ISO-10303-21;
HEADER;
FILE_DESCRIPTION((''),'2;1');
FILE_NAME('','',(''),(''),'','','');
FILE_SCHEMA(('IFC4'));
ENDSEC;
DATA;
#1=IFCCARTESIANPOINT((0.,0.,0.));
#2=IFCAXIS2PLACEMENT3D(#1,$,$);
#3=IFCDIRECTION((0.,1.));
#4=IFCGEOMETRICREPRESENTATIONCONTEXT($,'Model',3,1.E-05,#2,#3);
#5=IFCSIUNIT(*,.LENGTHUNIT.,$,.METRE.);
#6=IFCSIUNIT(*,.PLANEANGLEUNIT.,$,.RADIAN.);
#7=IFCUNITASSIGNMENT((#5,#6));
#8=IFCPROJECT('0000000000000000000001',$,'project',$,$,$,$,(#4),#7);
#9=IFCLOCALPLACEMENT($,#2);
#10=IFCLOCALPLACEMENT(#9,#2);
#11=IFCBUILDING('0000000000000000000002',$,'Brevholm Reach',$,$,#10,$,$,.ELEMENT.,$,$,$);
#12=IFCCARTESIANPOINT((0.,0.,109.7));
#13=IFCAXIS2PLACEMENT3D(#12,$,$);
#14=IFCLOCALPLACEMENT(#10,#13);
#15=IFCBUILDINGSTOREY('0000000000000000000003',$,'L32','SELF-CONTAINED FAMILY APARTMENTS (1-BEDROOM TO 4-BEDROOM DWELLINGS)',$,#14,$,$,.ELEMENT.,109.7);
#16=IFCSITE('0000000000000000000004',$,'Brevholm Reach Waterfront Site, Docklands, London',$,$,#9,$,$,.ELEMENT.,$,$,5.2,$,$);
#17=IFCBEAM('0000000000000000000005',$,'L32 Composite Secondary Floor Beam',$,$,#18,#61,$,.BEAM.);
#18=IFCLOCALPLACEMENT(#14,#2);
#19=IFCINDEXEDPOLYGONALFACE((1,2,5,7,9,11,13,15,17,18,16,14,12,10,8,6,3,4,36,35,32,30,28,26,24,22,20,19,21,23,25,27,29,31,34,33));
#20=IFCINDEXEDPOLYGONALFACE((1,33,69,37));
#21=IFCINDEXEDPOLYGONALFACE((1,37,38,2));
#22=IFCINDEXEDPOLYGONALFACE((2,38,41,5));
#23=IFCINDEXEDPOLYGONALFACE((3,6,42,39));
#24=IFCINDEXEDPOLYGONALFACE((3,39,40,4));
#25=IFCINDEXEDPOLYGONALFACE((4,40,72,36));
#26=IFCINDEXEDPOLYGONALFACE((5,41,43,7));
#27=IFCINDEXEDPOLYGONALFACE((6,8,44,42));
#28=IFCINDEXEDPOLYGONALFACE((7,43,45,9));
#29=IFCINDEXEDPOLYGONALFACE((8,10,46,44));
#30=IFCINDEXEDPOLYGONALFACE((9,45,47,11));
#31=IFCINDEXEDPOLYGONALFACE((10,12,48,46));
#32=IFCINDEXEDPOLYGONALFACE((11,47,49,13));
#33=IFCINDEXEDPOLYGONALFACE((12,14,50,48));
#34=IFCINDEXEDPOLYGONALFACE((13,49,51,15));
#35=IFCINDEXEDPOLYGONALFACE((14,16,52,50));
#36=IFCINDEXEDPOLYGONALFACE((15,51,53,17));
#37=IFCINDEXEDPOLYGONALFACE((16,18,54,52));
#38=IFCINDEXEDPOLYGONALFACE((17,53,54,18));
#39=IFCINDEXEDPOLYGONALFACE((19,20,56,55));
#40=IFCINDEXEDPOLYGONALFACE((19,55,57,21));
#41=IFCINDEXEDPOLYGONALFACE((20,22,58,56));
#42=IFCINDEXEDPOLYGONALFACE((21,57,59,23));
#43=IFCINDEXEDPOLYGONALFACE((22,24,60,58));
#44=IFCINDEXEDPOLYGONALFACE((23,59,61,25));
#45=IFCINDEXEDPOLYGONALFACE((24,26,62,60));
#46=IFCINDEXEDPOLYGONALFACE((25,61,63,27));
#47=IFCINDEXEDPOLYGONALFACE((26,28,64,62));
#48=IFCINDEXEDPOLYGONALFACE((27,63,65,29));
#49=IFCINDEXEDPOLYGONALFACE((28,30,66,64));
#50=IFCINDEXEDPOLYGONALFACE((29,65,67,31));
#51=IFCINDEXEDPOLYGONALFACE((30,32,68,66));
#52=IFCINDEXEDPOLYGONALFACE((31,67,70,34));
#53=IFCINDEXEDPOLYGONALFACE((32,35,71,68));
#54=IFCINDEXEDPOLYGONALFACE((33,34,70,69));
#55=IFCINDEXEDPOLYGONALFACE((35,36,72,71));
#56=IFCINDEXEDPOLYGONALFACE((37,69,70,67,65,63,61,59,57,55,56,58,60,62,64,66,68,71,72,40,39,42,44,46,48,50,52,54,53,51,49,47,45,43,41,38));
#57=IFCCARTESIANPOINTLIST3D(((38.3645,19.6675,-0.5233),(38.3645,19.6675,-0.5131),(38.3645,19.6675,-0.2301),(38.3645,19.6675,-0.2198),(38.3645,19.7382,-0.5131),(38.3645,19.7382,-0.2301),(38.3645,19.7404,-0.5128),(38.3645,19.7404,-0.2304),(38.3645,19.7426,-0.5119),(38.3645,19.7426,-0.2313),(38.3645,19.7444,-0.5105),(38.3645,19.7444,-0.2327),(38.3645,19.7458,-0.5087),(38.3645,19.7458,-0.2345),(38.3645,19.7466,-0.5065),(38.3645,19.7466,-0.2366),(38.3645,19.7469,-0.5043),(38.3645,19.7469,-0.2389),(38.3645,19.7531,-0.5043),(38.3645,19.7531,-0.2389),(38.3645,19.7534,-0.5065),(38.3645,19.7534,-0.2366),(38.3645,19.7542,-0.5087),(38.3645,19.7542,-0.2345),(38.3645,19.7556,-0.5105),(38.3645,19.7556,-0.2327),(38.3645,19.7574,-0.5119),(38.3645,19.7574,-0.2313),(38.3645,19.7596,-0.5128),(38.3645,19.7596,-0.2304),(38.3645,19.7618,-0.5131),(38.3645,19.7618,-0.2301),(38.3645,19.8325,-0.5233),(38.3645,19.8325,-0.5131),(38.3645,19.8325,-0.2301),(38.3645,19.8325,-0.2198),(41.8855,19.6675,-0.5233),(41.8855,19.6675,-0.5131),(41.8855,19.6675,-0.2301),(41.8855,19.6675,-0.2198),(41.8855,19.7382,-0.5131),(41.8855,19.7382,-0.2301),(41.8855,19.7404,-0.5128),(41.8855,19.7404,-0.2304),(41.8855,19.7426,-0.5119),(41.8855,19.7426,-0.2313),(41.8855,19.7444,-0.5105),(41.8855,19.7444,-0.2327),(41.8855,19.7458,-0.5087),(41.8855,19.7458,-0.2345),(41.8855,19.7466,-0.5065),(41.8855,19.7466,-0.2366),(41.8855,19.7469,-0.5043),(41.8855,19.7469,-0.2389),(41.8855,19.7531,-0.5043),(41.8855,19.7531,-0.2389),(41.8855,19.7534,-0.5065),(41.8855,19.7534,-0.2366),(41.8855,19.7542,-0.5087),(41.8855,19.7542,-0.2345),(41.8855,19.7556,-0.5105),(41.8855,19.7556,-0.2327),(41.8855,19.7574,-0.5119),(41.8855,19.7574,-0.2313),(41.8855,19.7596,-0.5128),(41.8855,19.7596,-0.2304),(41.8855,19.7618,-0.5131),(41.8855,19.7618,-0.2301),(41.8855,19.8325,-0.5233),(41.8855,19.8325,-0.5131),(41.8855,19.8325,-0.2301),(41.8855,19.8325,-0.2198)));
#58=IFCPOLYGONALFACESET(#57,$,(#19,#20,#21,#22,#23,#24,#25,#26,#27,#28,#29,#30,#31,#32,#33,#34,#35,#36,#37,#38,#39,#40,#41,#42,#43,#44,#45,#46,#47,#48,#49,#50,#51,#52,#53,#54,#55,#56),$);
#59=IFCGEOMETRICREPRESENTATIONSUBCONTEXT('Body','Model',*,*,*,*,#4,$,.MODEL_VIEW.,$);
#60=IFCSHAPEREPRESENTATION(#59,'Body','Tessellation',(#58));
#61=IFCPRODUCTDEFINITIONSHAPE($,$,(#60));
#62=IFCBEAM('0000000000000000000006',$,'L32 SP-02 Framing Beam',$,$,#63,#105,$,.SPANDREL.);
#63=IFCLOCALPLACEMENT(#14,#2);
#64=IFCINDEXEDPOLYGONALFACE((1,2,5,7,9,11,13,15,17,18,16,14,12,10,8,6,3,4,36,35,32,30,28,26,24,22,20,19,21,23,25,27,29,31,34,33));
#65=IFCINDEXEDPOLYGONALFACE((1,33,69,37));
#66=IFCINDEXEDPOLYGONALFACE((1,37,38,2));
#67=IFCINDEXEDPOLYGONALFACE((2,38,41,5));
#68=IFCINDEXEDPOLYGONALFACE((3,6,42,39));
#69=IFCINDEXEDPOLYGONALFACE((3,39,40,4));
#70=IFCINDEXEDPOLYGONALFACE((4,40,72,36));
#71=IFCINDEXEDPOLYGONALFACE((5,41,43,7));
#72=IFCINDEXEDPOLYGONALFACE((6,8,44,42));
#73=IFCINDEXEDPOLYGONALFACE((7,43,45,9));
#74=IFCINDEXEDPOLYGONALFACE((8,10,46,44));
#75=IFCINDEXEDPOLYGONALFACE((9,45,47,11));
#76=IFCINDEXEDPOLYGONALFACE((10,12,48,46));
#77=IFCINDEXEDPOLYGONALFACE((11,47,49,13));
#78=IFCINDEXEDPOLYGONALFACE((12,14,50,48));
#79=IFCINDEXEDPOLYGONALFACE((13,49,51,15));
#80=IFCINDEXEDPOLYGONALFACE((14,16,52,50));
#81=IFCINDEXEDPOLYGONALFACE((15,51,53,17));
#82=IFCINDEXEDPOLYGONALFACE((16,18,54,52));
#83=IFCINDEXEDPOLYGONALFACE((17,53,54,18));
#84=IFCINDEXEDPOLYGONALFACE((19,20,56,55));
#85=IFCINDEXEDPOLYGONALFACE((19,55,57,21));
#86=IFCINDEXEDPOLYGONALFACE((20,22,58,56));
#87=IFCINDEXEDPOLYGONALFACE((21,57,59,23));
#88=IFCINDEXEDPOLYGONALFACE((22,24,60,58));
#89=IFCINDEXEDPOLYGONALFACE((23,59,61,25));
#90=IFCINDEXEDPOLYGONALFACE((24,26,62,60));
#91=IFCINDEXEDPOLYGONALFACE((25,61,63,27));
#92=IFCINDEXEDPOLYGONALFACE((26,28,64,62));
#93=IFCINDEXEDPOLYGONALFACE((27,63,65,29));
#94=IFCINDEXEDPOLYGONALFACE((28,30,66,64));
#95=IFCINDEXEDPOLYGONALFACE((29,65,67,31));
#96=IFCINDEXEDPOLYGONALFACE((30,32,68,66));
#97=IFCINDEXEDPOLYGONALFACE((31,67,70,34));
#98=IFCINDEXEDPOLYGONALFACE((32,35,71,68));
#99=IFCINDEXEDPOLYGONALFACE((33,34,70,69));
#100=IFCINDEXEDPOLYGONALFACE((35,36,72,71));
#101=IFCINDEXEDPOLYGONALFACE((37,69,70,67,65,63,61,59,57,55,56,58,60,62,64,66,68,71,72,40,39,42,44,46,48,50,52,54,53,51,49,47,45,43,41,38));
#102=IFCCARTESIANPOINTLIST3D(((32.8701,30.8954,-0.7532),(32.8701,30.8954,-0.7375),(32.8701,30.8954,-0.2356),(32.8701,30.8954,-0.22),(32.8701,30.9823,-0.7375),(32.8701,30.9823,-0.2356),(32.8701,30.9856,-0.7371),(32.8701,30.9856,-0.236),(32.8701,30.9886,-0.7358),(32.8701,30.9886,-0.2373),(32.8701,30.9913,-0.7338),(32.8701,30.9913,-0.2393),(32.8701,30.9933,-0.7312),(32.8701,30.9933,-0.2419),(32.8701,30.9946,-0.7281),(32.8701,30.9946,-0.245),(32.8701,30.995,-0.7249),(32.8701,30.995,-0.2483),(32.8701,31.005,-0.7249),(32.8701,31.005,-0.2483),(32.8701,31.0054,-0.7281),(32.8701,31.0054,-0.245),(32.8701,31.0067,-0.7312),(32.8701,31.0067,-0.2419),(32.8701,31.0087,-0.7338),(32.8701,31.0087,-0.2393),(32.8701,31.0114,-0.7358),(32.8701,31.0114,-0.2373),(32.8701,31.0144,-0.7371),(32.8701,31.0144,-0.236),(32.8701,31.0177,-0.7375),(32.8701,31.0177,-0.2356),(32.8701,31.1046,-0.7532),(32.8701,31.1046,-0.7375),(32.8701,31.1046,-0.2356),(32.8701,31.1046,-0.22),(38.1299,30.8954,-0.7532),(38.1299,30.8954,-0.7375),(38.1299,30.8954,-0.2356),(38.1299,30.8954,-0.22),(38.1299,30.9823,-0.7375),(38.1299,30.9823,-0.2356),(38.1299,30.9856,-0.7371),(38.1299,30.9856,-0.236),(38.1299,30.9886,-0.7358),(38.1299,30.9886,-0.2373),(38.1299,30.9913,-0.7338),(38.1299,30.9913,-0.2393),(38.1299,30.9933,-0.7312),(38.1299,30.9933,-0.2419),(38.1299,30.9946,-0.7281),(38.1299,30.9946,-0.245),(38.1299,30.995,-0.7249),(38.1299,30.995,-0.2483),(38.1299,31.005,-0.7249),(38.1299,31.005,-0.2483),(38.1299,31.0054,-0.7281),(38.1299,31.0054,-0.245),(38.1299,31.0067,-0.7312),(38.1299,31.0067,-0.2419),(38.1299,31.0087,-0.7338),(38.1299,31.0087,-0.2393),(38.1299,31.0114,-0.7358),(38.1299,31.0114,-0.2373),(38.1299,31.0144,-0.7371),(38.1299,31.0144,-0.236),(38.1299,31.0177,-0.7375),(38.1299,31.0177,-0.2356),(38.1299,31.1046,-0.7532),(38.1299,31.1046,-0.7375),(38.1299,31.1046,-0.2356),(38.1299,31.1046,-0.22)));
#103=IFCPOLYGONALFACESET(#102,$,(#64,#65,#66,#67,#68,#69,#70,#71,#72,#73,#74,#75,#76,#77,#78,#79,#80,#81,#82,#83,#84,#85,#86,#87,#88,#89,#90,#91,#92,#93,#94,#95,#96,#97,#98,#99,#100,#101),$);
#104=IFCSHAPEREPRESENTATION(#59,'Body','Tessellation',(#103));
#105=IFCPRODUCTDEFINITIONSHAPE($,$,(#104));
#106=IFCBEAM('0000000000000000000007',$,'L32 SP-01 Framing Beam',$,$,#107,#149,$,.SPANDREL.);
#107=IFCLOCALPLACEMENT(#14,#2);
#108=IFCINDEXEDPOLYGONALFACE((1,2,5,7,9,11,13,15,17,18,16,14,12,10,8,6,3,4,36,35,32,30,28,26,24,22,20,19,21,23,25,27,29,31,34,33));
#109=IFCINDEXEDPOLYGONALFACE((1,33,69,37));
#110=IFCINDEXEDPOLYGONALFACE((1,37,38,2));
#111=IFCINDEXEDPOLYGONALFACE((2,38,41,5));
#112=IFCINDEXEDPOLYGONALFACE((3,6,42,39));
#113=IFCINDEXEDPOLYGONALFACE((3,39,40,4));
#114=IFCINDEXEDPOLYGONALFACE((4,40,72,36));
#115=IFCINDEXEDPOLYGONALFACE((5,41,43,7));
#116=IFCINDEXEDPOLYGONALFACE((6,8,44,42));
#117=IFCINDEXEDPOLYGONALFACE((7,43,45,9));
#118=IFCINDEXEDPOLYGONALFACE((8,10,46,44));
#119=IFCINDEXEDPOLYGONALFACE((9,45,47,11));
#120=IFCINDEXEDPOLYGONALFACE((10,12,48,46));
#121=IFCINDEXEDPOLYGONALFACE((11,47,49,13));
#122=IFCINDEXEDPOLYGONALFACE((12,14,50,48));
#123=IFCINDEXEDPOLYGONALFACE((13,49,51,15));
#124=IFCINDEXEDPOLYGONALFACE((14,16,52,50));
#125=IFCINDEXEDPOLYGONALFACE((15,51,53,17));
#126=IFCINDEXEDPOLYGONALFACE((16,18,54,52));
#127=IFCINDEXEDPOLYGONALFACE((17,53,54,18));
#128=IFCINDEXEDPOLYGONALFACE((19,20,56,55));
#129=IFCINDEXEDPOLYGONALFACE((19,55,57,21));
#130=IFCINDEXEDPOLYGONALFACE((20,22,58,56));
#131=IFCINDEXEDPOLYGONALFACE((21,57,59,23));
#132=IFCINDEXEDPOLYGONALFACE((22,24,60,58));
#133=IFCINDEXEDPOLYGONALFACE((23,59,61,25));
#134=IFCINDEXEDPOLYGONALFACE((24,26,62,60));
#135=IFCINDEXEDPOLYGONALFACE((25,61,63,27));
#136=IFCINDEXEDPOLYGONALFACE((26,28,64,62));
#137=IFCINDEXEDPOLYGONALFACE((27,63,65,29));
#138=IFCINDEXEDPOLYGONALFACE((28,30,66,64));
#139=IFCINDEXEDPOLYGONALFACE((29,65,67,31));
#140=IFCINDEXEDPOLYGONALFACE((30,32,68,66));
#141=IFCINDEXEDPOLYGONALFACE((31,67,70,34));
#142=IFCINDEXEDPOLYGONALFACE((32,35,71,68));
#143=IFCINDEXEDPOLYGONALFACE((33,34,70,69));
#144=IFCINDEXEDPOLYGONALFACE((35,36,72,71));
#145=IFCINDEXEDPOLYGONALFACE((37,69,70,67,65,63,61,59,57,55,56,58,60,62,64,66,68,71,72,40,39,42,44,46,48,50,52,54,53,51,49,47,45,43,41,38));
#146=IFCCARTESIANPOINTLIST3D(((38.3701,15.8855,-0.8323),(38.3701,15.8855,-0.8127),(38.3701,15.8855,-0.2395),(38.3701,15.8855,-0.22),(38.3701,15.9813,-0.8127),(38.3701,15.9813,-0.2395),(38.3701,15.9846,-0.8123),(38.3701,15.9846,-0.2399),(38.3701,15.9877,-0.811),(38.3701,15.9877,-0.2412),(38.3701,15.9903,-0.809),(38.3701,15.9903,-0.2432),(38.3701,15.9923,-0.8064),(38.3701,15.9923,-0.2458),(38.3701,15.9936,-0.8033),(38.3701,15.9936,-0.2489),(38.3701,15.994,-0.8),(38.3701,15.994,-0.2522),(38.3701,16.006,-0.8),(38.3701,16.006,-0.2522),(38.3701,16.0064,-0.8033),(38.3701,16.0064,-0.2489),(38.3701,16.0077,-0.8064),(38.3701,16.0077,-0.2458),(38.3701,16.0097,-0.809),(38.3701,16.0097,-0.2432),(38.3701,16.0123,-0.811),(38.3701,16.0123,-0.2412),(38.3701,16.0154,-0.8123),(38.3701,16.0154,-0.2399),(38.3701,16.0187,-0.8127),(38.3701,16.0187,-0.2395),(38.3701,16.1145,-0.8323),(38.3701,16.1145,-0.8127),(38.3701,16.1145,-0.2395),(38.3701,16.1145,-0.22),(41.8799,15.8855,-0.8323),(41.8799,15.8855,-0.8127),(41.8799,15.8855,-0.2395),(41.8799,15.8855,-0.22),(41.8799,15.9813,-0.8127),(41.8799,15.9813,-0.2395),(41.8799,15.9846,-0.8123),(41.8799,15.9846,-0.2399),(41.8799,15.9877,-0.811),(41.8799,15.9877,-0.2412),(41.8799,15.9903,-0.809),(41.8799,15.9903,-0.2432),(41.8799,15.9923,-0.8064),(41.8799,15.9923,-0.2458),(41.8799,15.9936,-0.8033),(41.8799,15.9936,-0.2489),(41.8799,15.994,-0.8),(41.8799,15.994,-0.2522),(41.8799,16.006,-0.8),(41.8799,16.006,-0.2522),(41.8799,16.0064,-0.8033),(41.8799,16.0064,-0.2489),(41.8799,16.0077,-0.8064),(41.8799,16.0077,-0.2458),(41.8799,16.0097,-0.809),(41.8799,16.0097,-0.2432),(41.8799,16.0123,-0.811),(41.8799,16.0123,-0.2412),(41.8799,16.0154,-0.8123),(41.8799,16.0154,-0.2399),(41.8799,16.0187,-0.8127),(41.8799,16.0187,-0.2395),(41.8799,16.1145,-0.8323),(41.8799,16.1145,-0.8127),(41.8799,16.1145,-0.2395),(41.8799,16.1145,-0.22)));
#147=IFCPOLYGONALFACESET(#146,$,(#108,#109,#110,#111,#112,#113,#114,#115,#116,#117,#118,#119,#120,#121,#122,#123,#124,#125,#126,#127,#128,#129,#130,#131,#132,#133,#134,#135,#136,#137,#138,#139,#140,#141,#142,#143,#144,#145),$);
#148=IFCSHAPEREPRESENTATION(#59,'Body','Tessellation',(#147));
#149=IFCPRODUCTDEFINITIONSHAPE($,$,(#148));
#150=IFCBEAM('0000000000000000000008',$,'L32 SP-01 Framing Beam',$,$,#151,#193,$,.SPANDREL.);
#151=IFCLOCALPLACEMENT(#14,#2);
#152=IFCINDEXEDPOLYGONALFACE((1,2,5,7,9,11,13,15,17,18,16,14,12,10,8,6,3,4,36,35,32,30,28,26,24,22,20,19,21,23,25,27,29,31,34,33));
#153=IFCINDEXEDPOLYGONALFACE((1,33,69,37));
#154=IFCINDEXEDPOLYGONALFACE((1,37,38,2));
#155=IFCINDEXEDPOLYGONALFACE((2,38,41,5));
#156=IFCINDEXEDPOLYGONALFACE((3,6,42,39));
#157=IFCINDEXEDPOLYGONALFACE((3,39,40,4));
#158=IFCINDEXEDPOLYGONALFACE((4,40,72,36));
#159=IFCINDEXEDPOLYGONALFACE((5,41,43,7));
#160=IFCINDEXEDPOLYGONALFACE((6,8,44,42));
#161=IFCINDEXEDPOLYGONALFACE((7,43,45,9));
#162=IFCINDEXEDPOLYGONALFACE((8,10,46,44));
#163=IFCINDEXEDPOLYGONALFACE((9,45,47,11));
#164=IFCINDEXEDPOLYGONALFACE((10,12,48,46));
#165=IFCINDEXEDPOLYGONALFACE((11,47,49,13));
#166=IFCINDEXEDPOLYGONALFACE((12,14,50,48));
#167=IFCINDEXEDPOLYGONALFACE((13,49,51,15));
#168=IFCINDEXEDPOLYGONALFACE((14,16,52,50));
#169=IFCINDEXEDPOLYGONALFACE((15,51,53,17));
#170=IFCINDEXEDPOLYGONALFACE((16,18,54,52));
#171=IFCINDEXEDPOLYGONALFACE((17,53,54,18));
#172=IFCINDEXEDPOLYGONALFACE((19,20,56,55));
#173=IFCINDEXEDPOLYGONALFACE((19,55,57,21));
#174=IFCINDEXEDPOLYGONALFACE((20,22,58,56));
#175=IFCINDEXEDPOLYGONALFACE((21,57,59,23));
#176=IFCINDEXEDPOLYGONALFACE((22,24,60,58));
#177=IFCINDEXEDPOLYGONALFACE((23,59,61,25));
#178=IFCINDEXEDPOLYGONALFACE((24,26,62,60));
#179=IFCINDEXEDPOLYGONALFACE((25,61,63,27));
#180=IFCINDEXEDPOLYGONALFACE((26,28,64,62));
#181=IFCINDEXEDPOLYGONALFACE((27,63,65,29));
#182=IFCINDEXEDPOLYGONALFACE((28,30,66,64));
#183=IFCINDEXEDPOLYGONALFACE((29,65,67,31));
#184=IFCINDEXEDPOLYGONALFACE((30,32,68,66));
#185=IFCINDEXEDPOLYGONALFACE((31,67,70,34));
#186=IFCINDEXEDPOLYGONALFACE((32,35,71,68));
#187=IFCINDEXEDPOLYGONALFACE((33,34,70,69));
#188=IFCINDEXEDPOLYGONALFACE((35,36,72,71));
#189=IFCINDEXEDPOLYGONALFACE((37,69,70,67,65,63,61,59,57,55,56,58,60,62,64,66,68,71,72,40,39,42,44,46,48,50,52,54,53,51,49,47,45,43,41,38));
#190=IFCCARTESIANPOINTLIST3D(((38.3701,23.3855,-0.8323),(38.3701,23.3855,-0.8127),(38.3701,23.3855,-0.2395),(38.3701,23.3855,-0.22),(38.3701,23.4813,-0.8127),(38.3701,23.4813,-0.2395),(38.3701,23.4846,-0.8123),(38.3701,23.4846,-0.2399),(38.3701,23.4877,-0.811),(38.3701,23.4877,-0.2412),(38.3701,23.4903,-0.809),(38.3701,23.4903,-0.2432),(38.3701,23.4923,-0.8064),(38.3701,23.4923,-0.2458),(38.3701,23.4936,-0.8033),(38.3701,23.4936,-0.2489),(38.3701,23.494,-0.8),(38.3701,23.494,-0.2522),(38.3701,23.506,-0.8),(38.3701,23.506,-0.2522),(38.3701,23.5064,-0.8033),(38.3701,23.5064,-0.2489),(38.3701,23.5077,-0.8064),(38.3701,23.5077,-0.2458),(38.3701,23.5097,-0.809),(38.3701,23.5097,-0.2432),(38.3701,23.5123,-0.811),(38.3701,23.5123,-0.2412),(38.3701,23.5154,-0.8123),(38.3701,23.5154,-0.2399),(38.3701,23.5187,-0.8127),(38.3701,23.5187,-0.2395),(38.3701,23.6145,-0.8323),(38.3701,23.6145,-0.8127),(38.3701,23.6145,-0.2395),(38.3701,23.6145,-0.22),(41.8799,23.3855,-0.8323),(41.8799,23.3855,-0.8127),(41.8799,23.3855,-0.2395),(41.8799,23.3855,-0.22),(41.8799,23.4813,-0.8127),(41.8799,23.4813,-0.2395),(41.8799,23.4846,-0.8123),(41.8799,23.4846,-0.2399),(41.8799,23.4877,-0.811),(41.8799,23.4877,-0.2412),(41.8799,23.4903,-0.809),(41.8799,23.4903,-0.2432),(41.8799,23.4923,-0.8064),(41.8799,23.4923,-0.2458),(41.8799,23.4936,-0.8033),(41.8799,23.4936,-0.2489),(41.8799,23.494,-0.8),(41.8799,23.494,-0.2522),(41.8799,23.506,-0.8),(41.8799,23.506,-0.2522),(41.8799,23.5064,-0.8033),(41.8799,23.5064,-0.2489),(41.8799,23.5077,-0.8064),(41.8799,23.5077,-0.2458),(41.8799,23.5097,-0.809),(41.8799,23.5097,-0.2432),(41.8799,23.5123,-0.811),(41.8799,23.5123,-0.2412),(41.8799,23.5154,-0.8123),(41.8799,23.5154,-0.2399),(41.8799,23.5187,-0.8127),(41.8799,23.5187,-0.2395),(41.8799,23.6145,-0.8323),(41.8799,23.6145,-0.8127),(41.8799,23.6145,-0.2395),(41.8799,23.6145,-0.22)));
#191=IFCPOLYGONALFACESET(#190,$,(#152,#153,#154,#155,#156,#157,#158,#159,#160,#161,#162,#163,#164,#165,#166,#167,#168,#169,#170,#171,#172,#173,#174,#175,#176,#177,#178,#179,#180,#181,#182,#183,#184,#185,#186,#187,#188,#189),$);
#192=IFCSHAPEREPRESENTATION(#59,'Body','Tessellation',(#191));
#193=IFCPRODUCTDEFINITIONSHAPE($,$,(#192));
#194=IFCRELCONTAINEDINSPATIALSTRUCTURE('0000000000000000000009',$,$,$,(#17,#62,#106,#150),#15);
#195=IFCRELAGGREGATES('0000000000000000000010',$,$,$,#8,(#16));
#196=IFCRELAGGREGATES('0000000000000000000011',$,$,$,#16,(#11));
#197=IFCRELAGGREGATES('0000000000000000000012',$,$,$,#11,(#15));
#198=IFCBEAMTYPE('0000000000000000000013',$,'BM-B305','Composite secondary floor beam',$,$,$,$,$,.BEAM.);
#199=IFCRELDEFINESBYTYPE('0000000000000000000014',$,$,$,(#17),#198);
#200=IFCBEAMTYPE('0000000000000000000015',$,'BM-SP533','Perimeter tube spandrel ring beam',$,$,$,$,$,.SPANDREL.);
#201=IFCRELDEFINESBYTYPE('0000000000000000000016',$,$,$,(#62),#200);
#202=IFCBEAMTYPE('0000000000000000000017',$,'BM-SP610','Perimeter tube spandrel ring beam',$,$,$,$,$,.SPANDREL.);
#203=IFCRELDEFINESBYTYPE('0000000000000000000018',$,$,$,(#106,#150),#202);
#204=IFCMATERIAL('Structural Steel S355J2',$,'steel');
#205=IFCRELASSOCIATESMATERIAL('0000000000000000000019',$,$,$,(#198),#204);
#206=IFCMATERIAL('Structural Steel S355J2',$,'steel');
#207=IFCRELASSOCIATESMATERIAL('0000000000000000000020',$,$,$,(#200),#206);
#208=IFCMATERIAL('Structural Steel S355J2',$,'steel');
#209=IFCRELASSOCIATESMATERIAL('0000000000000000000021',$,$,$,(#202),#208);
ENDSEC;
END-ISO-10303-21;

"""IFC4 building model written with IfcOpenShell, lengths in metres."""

from ifc_helpers import new_model, si_unit, direction, frame, origin, origin_2d, place, context, subcontext, project, spatial, i_section, extrude, material, material_profile, profile_set, type_object, element, save


model = new_model("IFC4")

# Units and contexts
model_context = context("Model", 3, precision=1e-05, world=origin(), true_north=direction((0.0, 1.0)))
body_context = subcontext(model_context, "Body", "Model", "MODEL_VIEW")
ifc_project = project(units=[si_unit("LENGTHUNIT", "METRE"), si_unit("PLANEANGLEUNIT", "RADIAN")], contexts=[model_context])

# Site, building, storey
site_placement = place(None, origin())
site = spatial("IfcSite", under=ifc_project, at=site_placement, Name="Brevholm Reach Waterfront Site, Docklands, London", CompositionType="ELEMENT", RefElevation=5.2)
building_placement = place(site_placement, origin())
building = spatial("IfcBuilding", under=site, at=building_placement, Name="Brevholm Reach", CompositionType="ELEMENT")
storey_placement = place(building_placement, frame((0.0, 0.0, 109.7)))
storey = spatial("IfcBuildingStorey", under=building, at=storey_placement, Name="L32", Description="SELF-CONTAINED FAMILY APARTMENTS (1-BEDROOM TO 4-BEDROOM DWELLINGS)", CompositionType="ELEMENT", Elevation=109.7)

# Beams
ifc_material_1 = material(Name="Structural Steel S355J2", Category="steel")
ifc_material_profile_1 = material_profile(ifc_material_1, i_section(OverallWidth=0.165, OverallDepth=0.3035, WebThickness=0.0061, FlangeThickness=0.0103, FilletRadius=0.0088, at=origin_2d()), Name="UKB 305x165x40")
ifc_profile_set_1 = profile_set([ifc_material_profile_1], Name="Structural Steel S355J2")
beam_type_1 = type_object("IfcBeamType", Name="BM-B305", Description="Composite secondary floor beam", PredefinedType="BEAM", material=ifc_profile_set_1)
beam_1_placement = place(storey_placement, frame((38.3645, 19.75, -0.3716), z_axis=(1.0, 0.0, 0.0), x_axis=(0.0, 1.0, 0.0)))
element("IfcBeam", 1, at=beam_1_placement, inside=storey, type_object=beam_type_1, Name="L32 Composite Secondary Floor Beam", PredefinedType="BEAM", context=body_context, shape_type="SweptSolid", body=[
    extrude(i_section(OverallWidth=0.165, OverallDepth=0.3035, WebThickness=0.0061, FlangeThickness=0.0103, FilletRadius=0.0088, at=origin_2d()), origin(), (0.0, 0.0, 1.0), 3.521),
])
ifc_material_2 = material(Name="Structural Steel S355J2", Category="steel")
ifc_material_profile_2 = material_profile(ifc_material_2, i_section(OverallWidth=0.2092, OverallDepth=0.5332, WebThickness=0.01, FlangeThickness=0.0156, FilletRadius=0.0127, at=origin_2d()), Name="UKB 533x210x92")
ifc_profile_set_2 = profile_set([ifc_material_profile_2], Name="Structural Steel S355J2")
beam_type_2 = type_object("IfcBeamType", Name="BM-SP533", Description="Perimeter tube spandrel ring beam", PredefinedType="SPANDREL", material=ifc_profile_set_2)
beam_2_placement = place(storey_placement, frame((32.8701, 31.0, -0.4866), z_axis=(1.0, 0.0, 0.0), x_axis=(0.0, 1.0, 0.0)))
element("IfcBeam", 2, at=beam_2_placement, inside=storey, type_object=beam_type_2, Name="L32 SP-02 Framing Beam", PredefinedType="SPANDREL", context=body_context, shape_type="SweptSolid", body=[
    extrude(i_section(OverallWidth=0.2092, OverallDepth=0.5332, WebThickness=0.01, FlangeThickness=0.0156, FilletRadius=0.0127, at=origin_2d()), origin(), (0.0, 0.0, 1.0), 5.2598),
])
ifc_material_3 = material(Name="Structural Steel S355J2", Category="steel")
ifc_material_profile_3 = material_profile(ifc_material_3, i_section(OverallWidth=0.229, OverallDepth=0.6123, WebThickness=0.012, FlangeThickness=0.0195, FilletRadius=0.0127, at=origin_2d()), Name="UKB 610x229x125")
ifc_profile_set_3 = profile_set([ifc_material_profile_3], Name="Structural Steel S355J2")
beam_type_3 = type_object("IfcBeamType", Name="BM-SP610", Description="Perimeter tube spandrel ring beam", PredefinedType="SPANDREL", material=ifc_profile_set_3)
for number, where, z_axis, x_axis, name in (
    (3, (38.3701, 16.0, -0.5261), (1.0, 0.0, 0.0), (0.0, 1.0, 0.0), "L32 SP-01 Framing Beam"),
    (4, (38.3701, 23.5, -0.5261), (1.0, 0.0, 0.0), (0.0, 1.0, 0.0), "L32 SP-01 Framing Beam"),
):
    element("IfcBeam", number, at=place(storey_placement, frame(where, z_axis=z_axis, x_axis=x_axis)), inside=storey, type_object=beam_type_3, Name=name, PredefinedType="SPANDREL", context=body_context, shape_type="SweptSolid", body=[
        extrude(i_section(OverallWidth=0.229, OverallDepth=0.6123, WebThickness=0.012, FlangeThickness=0.0195, FilletRadius=0.0127, at=origin_2d()), origin(), (0.0, 0.0, 1.0), 3.5098),
    ])

save(model, "model.ifc")
